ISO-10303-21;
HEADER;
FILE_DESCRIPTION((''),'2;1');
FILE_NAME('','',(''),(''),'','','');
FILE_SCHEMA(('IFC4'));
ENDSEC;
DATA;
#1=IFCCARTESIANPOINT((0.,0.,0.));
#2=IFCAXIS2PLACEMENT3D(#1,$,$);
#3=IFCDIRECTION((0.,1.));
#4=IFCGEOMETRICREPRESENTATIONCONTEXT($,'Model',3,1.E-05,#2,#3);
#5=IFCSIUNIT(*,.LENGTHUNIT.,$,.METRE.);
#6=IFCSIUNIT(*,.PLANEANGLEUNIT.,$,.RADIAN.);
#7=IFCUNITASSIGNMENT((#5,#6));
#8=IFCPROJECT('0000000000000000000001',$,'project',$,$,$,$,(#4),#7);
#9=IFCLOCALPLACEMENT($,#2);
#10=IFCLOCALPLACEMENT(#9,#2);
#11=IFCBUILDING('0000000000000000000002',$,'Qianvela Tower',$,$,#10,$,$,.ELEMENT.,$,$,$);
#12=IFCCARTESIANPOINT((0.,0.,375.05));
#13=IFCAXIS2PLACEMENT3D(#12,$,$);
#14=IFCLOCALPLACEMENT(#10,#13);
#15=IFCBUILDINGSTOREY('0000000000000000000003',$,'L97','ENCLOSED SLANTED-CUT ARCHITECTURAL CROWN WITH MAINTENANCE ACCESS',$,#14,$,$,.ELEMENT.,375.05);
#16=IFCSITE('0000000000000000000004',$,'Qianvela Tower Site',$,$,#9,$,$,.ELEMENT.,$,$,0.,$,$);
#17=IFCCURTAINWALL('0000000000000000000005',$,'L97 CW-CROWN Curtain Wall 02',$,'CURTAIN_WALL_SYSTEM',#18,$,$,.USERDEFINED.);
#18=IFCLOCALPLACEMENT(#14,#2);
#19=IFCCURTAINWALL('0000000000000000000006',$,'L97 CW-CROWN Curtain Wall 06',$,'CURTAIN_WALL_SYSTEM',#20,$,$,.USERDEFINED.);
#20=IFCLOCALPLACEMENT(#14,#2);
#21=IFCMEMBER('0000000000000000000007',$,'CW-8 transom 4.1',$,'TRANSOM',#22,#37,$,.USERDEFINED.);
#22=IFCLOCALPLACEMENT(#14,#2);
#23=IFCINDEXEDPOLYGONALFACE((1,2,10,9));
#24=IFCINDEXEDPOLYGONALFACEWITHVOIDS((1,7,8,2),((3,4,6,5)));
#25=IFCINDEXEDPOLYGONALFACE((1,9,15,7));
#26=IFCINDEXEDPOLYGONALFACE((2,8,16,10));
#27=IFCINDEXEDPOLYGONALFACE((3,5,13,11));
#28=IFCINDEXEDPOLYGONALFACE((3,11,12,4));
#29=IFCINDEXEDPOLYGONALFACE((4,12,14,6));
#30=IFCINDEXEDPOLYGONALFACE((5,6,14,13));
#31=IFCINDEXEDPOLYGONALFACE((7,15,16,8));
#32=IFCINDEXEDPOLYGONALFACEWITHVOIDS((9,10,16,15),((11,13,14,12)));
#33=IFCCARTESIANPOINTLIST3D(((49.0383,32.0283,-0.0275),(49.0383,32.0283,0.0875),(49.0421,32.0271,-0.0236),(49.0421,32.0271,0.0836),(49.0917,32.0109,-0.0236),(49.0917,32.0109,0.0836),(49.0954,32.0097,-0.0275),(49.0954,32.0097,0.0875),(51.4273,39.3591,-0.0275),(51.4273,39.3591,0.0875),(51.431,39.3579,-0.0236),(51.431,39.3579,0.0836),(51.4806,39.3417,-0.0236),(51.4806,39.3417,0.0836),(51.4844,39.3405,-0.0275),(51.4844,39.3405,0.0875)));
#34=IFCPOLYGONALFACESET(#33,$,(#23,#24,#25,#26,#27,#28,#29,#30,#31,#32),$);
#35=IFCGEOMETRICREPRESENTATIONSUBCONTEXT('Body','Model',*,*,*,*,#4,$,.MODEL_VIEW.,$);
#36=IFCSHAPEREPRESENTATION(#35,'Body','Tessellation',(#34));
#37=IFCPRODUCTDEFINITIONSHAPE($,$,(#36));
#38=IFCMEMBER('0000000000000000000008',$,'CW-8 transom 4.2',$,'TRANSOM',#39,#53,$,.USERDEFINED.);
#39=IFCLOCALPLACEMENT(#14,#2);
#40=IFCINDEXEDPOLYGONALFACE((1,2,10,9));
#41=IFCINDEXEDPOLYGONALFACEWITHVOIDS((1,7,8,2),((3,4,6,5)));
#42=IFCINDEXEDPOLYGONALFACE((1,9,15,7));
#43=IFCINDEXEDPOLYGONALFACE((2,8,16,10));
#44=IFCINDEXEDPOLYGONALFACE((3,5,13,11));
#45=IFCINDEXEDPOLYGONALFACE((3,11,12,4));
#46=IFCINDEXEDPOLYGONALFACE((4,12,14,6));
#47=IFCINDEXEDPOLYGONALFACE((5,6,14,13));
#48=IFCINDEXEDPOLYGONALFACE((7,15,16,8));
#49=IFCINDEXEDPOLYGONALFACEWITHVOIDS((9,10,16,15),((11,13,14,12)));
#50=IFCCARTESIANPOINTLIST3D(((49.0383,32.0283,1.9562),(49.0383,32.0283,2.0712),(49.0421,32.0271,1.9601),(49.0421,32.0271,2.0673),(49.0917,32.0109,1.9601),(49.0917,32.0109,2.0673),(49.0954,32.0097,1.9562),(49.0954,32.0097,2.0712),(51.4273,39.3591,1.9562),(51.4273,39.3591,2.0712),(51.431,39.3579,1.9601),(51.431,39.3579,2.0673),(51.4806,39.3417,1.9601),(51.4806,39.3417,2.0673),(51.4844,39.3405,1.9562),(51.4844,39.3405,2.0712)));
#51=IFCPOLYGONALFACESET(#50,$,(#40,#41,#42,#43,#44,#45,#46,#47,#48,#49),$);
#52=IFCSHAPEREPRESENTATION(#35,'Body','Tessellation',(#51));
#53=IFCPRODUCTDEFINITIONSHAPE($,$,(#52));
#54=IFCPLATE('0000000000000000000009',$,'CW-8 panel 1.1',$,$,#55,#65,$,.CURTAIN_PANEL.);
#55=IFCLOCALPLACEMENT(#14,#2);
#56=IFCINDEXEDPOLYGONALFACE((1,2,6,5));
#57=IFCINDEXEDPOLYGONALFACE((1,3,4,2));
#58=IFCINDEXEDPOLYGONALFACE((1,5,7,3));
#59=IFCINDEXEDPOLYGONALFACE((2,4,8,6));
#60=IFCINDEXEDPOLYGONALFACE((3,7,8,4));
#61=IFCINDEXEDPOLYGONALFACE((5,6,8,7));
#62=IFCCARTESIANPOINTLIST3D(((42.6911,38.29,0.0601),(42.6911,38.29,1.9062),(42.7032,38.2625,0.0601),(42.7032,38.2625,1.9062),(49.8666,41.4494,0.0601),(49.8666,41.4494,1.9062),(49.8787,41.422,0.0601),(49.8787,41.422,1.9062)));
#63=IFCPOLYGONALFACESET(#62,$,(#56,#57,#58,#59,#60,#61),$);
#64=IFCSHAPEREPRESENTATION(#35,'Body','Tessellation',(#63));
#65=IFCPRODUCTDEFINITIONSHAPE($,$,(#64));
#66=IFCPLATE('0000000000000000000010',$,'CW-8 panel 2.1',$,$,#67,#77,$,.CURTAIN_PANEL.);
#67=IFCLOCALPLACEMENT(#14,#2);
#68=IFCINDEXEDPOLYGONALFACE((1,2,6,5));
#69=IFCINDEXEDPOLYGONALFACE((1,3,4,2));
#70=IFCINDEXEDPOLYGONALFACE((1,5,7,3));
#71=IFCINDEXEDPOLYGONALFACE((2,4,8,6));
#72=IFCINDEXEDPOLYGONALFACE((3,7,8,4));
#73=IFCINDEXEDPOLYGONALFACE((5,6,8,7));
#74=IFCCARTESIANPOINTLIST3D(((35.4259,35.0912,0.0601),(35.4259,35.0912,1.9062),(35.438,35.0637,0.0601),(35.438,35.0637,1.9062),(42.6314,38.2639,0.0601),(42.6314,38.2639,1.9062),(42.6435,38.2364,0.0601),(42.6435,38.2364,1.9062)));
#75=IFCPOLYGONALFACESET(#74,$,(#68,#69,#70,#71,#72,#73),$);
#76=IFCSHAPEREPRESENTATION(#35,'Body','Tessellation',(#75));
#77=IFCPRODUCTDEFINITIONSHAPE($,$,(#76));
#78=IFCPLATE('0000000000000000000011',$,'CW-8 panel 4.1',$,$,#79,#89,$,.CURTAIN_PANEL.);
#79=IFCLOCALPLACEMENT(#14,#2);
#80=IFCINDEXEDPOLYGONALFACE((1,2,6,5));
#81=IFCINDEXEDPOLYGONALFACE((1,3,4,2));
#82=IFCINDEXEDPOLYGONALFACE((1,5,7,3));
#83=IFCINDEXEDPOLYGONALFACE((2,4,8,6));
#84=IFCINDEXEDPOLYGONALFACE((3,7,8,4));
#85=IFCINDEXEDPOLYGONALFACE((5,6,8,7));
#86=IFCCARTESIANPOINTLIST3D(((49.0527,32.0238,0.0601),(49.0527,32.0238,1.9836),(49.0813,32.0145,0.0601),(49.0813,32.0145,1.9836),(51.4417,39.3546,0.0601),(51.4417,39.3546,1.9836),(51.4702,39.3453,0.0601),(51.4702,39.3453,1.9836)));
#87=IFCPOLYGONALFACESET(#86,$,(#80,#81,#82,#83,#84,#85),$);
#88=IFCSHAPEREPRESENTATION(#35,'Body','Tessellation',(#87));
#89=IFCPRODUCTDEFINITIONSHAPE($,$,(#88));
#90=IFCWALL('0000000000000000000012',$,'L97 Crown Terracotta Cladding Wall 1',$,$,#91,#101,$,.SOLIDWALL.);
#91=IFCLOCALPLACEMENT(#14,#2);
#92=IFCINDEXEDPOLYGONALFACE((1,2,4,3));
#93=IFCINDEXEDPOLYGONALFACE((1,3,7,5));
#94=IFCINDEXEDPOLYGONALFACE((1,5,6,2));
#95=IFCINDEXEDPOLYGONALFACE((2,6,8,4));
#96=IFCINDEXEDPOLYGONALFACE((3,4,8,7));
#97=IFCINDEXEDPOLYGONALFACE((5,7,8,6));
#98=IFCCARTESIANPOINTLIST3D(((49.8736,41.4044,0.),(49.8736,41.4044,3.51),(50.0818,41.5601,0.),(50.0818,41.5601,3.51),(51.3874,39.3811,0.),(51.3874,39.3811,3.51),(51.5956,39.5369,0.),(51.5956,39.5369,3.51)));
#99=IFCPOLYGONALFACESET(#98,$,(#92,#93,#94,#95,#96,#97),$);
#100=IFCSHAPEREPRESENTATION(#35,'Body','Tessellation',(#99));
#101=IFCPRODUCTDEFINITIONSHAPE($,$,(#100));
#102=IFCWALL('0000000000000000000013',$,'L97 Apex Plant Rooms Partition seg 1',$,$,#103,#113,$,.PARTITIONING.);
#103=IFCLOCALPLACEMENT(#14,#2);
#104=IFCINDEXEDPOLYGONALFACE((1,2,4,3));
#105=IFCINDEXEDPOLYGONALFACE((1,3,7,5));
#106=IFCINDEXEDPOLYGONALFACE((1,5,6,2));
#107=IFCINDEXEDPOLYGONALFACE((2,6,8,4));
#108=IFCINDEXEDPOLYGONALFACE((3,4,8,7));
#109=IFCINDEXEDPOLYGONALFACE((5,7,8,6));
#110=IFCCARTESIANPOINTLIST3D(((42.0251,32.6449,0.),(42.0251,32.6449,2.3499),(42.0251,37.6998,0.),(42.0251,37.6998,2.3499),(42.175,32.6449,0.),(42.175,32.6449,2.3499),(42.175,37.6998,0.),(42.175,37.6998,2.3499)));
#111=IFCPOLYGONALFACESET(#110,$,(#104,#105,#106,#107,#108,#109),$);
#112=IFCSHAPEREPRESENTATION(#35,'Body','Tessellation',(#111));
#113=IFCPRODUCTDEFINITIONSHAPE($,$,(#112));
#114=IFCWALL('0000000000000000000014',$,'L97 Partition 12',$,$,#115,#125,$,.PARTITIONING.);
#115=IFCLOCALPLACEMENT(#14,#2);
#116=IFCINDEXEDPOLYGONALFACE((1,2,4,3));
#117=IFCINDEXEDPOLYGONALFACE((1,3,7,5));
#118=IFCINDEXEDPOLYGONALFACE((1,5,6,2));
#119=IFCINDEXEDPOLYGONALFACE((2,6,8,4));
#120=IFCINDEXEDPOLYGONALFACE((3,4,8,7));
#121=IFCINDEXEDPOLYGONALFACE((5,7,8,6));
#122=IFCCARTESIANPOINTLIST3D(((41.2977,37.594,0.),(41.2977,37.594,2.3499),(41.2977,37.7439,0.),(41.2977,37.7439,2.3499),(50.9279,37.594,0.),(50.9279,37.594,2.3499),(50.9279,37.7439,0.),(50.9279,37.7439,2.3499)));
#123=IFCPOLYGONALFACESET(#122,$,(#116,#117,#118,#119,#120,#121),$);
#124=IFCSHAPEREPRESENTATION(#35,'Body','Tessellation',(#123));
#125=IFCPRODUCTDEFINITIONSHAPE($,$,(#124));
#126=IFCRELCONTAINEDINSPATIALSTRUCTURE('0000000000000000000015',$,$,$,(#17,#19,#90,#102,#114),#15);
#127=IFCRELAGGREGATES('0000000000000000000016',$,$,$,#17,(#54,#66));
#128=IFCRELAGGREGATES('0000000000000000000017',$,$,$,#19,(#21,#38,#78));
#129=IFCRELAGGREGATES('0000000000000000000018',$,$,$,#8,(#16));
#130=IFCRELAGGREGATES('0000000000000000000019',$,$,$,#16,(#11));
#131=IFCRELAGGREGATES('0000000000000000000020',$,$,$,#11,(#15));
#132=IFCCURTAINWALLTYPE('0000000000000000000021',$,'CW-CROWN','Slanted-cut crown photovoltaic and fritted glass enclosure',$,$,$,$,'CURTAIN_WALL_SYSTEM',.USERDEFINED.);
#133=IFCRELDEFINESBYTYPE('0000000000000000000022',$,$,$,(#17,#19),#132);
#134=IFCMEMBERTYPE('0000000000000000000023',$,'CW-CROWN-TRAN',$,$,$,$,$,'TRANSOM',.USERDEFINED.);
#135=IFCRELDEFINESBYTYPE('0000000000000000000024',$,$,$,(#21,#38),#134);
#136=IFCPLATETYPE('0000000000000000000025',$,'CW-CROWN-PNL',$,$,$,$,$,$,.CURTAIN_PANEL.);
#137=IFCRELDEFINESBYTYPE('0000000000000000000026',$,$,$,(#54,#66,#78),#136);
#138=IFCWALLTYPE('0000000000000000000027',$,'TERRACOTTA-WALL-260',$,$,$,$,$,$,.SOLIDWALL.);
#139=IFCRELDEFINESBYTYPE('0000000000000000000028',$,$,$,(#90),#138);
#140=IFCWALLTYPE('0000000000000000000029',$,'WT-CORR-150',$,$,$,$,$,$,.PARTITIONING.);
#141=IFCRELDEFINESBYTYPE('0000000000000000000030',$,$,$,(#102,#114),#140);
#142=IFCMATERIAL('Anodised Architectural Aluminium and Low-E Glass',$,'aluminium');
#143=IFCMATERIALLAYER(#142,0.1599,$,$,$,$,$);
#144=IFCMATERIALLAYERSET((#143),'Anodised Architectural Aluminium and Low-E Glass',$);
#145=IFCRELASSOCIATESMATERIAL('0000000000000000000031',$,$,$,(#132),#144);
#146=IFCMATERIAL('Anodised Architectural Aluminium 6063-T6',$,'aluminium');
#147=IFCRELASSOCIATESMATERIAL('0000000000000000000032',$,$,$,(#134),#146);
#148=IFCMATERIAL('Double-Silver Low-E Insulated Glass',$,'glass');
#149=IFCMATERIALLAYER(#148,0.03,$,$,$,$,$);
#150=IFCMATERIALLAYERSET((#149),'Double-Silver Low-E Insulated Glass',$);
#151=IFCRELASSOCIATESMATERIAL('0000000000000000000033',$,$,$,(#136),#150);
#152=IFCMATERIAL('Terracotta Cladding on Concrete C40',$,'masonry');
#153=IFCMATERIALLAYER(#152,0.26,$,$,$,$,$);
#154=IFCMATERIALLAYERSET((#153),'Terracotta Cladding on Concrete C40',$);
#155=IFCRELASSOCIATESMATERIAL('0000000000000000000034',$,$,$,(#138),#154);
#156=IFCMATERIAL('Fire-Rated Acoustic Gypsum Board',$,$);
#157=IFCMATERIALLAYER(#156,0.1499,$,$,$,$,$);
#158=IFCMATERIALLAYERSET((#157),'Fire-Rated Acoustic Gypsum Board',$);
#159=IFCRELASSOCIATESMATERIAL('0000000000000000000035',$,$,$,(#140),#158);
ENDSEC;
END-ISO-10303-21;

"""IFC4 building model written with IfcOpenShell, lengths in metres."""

from ifc_helpers import new_model, si_unit, direction, frame, frame_2d, origin, origin_2d, place, context, subcontext, project, spatial, rectangle, hollow_rectangle, extrude, material, layer, layer_set, material_profile, profile_set, type_object, element, aggregate, save


model = new_model("IFC4")

# Units and contexts
model_context = context("Model", 3, precision=1e-05, world=origin(), true_north=direction((0.0, 1.0)))
body_context = subcontext(model_context, "Body", "Model", "MODEL_VIEW")
ifc_project = project(units=[si_unit("LENGTHUNIT", "METRE"), si_unit("PLANEANGLEUNIT", "RADIAN")], contexts=[model_context])

# Site, building, storey
site_placement = place(None, origin())
site = spatial("IfcSite", under=ifc_project, at=site_placement, Name="Qianvela Tower Site", CompositionType="ELEMENT", RefElevation=0.0)
building_placement = place(site_placement, origin())
building = spatial("IfcBuilding", under=site, at=building_placement, Name="Qianvela Tower", CompositionType="ELEMENT")
storey_placement = place(building_placement, frame((0.0, 0.0, 375.05)))
storey = spatial("IfcBuildingStorey", under=building, at=storey_placement, Name="L97", Description="ENCLOSED SLANTED-CUT ARCHITECTURAL CROWN WITH MAINTENANCE ACCESS", CompositionType="ELEMENT", Elevation=375.05)

# Curtain walls
ifc_material_1 = material(Name="Anodised Architectural Aluminium and Low-E Glass", Category="aluminium")
ifc_layer_1 = layer(ifc_material_1, 0.1599)
ifc_layer_set_1 = layer_set([ifc_layer_1], Name="Anodised Architectural Aluminium and Low-E Glass")
curtain_wall_type = type_object("IfcCurtainWallType", Name="CW-CROWN", Description="Slanted-cut crown photovoltaic and fritted glass enclosure", ElementType="CURTAIN_WALL_SYSTEM", PredefinedType="USERDEFINED", material=ifc_layer_set_1)
curtain_wall_1_placement = place(storey_placement, origin())
curtain_wall_1 = element("IfcCurtainWall", 1, at=curtain_wall_1_placement, inside=storey, type_object=curtain_wall_type, Name="L97 CW-CROWN Curtain Wall 02", ObjectType="CURTAIN_WALL_SYSTEM", PredefinedType="USERDEFINED")
curtain_wall_2_placement = place(storey_placement, origin())
curtain_wall_2 = element("IfcCurtainWall", 2, at=curtain_wall_2_placement, inside=storey, type_object=curtain_wall_type, Name="L97 CW-CROWN Curtain Wall 06", ObjectType="CURTAIN_WALL_SYSTEM", PredefinedType="USERDEFINED")

# Members
ifc_material_2 = material(Name="Anodised Architectural Aluminium 6063-T6", Category="aluminium")
ifc_material_profile_1 = material_profile(ifc_material_2, hollow_rectangle(XDim=0.0601, YDim=0.115, WallThickness=0.0039, at=origin_2d()), Name="ALU-TRAN-60x115")
ifc_profile_set_1 = profile_set([ifc_material_profile_1], Name="Anodised Architectural Aluminium 6063-T6")
member_type_1 = type_object("IfcMemberType", Name="CW-CROWN-TRAN", ElementType="TRANSOM", PredefinedType="USERDEFINED", material=ifc_profile_set_1)
member_1_placement = place(storey_placement, frame((49.0669, 32.019, 0.03), z_axis=(0.309837, 0.95079, 0.0), x_axis=(-0.95079, 0.309837, 0.0)))
member_1 = element("IfcMember", 3, at=member_1_placement, type_object=member_type_1, Name="CW-8 transom 4.1", ObjectType="TRANSOM", PredefinedType="USERDEFINED", context=body_context, shape_type="SweptSolid", body=[
    extrude(hollow_rectangle(XDim=0.0601, YDim=0.115, WallThickness=0.0039, at=origin_2d()), origin(), (0.0, 0.0, 1.0), 7.7102),
])
member_2_placement = place(storey_placement, frame((49.0669, 32.019, 2.0137), z_axis=(0.309837, 0.95079, 0.0), x_axis=(-0.95079, 0.309837, 0.0)))
member_2 = element("IfcMember", 4, at=member_2_placement, type_object=member_type_1, Name="CW-8 transom 4.2", ObjectType="TRANSOM", PredefinedType="USERDEFINED", context=body_context, shape_type="SweptSolid", body=[
    extrude(hollow_rectangle(XDim=0.0601, YDim=0.115, WallThickness=0.0039, at=origin_2d()), origin(), (0.0, 0.0, 1.0), 7.7102),
])

# Plates
ifc_material_3 = material(Name="Double-Silver Low-E Insulated Glass", Category="glass")
ifc_layer_2 = layer(ifc_material_3, 0.03)
ifc_layer_set_2 = layer_set([ifc_layer_2], Name="Double-Silver Low-E Insulated Glass")
plate_type = type_object("IfcPlateType", Name="CW-CROWN-PNL", PredefinedType="CURTAIN_PANEL", material=ifc_layer_set_2)
plate_1_placement = place(storey_placement, frame((46.2849, 39.856, 0.0601), z_axis=(0.0, 0.0, 1.0), x_axis=(-0.91521, -0.402977, 0.0)))
plate_1 = element("IfcPlate", 5, at=plate_1_placement, type_object=plate_type, Name="CW-8 panel 1.1", PredefinedType="CURTAIN_PANEL", context=body_context, shape_type="SweptSolid", body=[
    extrude(rectangle(XDim=7.8403, YDim=0.03, at=origin_2d()), origin(), (0.0, 0.0, 1.0), 1.8462),
])
plate_2_placement = place(storey_placement, frame((39.0347, 36.6638, 0.0601), z_axis=(0.0, 0.0, 1.0), x_axis=(-0.91521, -0.402977, 0.0)))
plate_2 = element("IfcPlate", 6, at=plate_2_placement, type_object=plate_type, Name="CW-8 panel 2.1", PredefinedType="CURTAIN_PANEL", context=body_context, shape_type="SweptSolid", body=[
    extrude(rectangle(XDim=7.873, YDim=0.03, at=origin_2d()), origin(), (0.0, 0.0, 1.0), 1.8462),
])
aggregate(curtain_wall_1, [plate_1, plate_2])
plate_3_placement = place(storey_placement, frame((50.2615, 35.6846, 0.0601), z_axis=(0.0, 0.0, 1.0), x_axis=(0.309846, 0.950787, 0.0)))
plate_3 = element("IfcPlate", 7, at=plate_3_placement, type_object=plate_type, Name="CW-8 panel 4.1", PredefinedType="CURTAIN_PANEL", context=body_context, shape_type="SweptSolid", body=[
    extrude(rectangle(XDim=7.7102, YDim=0.03, at=origin_2d()), origin(), (0.0, 0.0, 1.0), 1.9236),
])
aggregate(curtain_wall_2, [member_1, member_2, plate_3])

# Wall
ifc_material_4 = material(Name="Terracotta Cladding on Concrete C40", Category="masonry")
ifc_layer_3 = layer(ifc_material_4, 0.26)
ifc_layer_set_3 = layer_set([ifc_layer_3], Name="Terracotta Cladding on Concrete C40")
wall_type_1 = type_object("IfcWallType", Name="TERRACOTTA-WALL-260", PredefinedType="SOLIDWALL", material=ifc_layer_set_3)
wall_1_placement = place(storey_placement, frame((51.4915, 39.459, 0.0), z_axis=(0.0, 0.0, 1.0), x_axis=(-0.599057, 0.800707, 0.0)))
element("IfcWall", 8, at=wall_1_placement, inside=storey, type_object=wall_type_1, Name="L97 Crown Terracotta Cladding Wall 1", PredefinedType="SOLIDWALL", context=body_context, shape_type="SweptSolid", body=[
    extrude(rectangle(XDim=2.5269, YDim=0.26, at=frame_2d((1.2634, 0.0))), origin(), (0.0, 0.0, 1.0), 3.51),
])

# Shared definitions
ifc_material_5 = material(Name="Fire-Rated Acoustic Gypsum Board")
ifc_layer_4 = layer(ifc_material_5, 0.1499)
ifc_layer_set_4 = layer_set([ifc_layer_4], Name="Fire-Rated Acoustic Gypsum Board")
wall_type_2 = type_object("IfcWallType", Name="WT-CORR-150", PredefinedType="PARTITIONING", material=ifc_layer_set_4)

# Walls
wall_2_placement = place(storey_placement, frame((42.1001, 32.645, 0.0), z_axis=(0.0, 0.0, 1.0), x_axis=(0.0, 1.0, 0.0)))
element("IfcWall", 9, at=wall_2_placement, inside=storey, type_object=wall_type_2, Name="L97 Apex Plant Rooms Partition seg 1", PredefinedType="PARTITIONING", context=body_context, shape_type="SweptSolid", body=[
    extrude(rectangle(XDim=5.0549, YDim=0.1499, at=frame_2d((2.5273, 0.0))), origin(), (0.0, 0.0, 1.0), 2.3499),
])
wall_3_placement = place(storey_placement, frame((41.2979, 37.6689, 0.0), z_axis=(0.0, 0.0, 1.0), x_axis=(1.0, 0.0, 0.0)))
element("IfcWall", 10, at=wall_3_placement, inside=storey, type_object=wall_type_2, Name="L97 Partition 12", PredefinedType="PARTITIONING", context=body_context, shape_type="SweptSolid", body=[
    extrude(rectangle(XDim=9.6301, YDim=0.1499, at=frame_2d((4.8149, 0.0))), origin(), (0.0, 0.0, 1.0), 2.3499),
])

save(model, "model.ifc")
